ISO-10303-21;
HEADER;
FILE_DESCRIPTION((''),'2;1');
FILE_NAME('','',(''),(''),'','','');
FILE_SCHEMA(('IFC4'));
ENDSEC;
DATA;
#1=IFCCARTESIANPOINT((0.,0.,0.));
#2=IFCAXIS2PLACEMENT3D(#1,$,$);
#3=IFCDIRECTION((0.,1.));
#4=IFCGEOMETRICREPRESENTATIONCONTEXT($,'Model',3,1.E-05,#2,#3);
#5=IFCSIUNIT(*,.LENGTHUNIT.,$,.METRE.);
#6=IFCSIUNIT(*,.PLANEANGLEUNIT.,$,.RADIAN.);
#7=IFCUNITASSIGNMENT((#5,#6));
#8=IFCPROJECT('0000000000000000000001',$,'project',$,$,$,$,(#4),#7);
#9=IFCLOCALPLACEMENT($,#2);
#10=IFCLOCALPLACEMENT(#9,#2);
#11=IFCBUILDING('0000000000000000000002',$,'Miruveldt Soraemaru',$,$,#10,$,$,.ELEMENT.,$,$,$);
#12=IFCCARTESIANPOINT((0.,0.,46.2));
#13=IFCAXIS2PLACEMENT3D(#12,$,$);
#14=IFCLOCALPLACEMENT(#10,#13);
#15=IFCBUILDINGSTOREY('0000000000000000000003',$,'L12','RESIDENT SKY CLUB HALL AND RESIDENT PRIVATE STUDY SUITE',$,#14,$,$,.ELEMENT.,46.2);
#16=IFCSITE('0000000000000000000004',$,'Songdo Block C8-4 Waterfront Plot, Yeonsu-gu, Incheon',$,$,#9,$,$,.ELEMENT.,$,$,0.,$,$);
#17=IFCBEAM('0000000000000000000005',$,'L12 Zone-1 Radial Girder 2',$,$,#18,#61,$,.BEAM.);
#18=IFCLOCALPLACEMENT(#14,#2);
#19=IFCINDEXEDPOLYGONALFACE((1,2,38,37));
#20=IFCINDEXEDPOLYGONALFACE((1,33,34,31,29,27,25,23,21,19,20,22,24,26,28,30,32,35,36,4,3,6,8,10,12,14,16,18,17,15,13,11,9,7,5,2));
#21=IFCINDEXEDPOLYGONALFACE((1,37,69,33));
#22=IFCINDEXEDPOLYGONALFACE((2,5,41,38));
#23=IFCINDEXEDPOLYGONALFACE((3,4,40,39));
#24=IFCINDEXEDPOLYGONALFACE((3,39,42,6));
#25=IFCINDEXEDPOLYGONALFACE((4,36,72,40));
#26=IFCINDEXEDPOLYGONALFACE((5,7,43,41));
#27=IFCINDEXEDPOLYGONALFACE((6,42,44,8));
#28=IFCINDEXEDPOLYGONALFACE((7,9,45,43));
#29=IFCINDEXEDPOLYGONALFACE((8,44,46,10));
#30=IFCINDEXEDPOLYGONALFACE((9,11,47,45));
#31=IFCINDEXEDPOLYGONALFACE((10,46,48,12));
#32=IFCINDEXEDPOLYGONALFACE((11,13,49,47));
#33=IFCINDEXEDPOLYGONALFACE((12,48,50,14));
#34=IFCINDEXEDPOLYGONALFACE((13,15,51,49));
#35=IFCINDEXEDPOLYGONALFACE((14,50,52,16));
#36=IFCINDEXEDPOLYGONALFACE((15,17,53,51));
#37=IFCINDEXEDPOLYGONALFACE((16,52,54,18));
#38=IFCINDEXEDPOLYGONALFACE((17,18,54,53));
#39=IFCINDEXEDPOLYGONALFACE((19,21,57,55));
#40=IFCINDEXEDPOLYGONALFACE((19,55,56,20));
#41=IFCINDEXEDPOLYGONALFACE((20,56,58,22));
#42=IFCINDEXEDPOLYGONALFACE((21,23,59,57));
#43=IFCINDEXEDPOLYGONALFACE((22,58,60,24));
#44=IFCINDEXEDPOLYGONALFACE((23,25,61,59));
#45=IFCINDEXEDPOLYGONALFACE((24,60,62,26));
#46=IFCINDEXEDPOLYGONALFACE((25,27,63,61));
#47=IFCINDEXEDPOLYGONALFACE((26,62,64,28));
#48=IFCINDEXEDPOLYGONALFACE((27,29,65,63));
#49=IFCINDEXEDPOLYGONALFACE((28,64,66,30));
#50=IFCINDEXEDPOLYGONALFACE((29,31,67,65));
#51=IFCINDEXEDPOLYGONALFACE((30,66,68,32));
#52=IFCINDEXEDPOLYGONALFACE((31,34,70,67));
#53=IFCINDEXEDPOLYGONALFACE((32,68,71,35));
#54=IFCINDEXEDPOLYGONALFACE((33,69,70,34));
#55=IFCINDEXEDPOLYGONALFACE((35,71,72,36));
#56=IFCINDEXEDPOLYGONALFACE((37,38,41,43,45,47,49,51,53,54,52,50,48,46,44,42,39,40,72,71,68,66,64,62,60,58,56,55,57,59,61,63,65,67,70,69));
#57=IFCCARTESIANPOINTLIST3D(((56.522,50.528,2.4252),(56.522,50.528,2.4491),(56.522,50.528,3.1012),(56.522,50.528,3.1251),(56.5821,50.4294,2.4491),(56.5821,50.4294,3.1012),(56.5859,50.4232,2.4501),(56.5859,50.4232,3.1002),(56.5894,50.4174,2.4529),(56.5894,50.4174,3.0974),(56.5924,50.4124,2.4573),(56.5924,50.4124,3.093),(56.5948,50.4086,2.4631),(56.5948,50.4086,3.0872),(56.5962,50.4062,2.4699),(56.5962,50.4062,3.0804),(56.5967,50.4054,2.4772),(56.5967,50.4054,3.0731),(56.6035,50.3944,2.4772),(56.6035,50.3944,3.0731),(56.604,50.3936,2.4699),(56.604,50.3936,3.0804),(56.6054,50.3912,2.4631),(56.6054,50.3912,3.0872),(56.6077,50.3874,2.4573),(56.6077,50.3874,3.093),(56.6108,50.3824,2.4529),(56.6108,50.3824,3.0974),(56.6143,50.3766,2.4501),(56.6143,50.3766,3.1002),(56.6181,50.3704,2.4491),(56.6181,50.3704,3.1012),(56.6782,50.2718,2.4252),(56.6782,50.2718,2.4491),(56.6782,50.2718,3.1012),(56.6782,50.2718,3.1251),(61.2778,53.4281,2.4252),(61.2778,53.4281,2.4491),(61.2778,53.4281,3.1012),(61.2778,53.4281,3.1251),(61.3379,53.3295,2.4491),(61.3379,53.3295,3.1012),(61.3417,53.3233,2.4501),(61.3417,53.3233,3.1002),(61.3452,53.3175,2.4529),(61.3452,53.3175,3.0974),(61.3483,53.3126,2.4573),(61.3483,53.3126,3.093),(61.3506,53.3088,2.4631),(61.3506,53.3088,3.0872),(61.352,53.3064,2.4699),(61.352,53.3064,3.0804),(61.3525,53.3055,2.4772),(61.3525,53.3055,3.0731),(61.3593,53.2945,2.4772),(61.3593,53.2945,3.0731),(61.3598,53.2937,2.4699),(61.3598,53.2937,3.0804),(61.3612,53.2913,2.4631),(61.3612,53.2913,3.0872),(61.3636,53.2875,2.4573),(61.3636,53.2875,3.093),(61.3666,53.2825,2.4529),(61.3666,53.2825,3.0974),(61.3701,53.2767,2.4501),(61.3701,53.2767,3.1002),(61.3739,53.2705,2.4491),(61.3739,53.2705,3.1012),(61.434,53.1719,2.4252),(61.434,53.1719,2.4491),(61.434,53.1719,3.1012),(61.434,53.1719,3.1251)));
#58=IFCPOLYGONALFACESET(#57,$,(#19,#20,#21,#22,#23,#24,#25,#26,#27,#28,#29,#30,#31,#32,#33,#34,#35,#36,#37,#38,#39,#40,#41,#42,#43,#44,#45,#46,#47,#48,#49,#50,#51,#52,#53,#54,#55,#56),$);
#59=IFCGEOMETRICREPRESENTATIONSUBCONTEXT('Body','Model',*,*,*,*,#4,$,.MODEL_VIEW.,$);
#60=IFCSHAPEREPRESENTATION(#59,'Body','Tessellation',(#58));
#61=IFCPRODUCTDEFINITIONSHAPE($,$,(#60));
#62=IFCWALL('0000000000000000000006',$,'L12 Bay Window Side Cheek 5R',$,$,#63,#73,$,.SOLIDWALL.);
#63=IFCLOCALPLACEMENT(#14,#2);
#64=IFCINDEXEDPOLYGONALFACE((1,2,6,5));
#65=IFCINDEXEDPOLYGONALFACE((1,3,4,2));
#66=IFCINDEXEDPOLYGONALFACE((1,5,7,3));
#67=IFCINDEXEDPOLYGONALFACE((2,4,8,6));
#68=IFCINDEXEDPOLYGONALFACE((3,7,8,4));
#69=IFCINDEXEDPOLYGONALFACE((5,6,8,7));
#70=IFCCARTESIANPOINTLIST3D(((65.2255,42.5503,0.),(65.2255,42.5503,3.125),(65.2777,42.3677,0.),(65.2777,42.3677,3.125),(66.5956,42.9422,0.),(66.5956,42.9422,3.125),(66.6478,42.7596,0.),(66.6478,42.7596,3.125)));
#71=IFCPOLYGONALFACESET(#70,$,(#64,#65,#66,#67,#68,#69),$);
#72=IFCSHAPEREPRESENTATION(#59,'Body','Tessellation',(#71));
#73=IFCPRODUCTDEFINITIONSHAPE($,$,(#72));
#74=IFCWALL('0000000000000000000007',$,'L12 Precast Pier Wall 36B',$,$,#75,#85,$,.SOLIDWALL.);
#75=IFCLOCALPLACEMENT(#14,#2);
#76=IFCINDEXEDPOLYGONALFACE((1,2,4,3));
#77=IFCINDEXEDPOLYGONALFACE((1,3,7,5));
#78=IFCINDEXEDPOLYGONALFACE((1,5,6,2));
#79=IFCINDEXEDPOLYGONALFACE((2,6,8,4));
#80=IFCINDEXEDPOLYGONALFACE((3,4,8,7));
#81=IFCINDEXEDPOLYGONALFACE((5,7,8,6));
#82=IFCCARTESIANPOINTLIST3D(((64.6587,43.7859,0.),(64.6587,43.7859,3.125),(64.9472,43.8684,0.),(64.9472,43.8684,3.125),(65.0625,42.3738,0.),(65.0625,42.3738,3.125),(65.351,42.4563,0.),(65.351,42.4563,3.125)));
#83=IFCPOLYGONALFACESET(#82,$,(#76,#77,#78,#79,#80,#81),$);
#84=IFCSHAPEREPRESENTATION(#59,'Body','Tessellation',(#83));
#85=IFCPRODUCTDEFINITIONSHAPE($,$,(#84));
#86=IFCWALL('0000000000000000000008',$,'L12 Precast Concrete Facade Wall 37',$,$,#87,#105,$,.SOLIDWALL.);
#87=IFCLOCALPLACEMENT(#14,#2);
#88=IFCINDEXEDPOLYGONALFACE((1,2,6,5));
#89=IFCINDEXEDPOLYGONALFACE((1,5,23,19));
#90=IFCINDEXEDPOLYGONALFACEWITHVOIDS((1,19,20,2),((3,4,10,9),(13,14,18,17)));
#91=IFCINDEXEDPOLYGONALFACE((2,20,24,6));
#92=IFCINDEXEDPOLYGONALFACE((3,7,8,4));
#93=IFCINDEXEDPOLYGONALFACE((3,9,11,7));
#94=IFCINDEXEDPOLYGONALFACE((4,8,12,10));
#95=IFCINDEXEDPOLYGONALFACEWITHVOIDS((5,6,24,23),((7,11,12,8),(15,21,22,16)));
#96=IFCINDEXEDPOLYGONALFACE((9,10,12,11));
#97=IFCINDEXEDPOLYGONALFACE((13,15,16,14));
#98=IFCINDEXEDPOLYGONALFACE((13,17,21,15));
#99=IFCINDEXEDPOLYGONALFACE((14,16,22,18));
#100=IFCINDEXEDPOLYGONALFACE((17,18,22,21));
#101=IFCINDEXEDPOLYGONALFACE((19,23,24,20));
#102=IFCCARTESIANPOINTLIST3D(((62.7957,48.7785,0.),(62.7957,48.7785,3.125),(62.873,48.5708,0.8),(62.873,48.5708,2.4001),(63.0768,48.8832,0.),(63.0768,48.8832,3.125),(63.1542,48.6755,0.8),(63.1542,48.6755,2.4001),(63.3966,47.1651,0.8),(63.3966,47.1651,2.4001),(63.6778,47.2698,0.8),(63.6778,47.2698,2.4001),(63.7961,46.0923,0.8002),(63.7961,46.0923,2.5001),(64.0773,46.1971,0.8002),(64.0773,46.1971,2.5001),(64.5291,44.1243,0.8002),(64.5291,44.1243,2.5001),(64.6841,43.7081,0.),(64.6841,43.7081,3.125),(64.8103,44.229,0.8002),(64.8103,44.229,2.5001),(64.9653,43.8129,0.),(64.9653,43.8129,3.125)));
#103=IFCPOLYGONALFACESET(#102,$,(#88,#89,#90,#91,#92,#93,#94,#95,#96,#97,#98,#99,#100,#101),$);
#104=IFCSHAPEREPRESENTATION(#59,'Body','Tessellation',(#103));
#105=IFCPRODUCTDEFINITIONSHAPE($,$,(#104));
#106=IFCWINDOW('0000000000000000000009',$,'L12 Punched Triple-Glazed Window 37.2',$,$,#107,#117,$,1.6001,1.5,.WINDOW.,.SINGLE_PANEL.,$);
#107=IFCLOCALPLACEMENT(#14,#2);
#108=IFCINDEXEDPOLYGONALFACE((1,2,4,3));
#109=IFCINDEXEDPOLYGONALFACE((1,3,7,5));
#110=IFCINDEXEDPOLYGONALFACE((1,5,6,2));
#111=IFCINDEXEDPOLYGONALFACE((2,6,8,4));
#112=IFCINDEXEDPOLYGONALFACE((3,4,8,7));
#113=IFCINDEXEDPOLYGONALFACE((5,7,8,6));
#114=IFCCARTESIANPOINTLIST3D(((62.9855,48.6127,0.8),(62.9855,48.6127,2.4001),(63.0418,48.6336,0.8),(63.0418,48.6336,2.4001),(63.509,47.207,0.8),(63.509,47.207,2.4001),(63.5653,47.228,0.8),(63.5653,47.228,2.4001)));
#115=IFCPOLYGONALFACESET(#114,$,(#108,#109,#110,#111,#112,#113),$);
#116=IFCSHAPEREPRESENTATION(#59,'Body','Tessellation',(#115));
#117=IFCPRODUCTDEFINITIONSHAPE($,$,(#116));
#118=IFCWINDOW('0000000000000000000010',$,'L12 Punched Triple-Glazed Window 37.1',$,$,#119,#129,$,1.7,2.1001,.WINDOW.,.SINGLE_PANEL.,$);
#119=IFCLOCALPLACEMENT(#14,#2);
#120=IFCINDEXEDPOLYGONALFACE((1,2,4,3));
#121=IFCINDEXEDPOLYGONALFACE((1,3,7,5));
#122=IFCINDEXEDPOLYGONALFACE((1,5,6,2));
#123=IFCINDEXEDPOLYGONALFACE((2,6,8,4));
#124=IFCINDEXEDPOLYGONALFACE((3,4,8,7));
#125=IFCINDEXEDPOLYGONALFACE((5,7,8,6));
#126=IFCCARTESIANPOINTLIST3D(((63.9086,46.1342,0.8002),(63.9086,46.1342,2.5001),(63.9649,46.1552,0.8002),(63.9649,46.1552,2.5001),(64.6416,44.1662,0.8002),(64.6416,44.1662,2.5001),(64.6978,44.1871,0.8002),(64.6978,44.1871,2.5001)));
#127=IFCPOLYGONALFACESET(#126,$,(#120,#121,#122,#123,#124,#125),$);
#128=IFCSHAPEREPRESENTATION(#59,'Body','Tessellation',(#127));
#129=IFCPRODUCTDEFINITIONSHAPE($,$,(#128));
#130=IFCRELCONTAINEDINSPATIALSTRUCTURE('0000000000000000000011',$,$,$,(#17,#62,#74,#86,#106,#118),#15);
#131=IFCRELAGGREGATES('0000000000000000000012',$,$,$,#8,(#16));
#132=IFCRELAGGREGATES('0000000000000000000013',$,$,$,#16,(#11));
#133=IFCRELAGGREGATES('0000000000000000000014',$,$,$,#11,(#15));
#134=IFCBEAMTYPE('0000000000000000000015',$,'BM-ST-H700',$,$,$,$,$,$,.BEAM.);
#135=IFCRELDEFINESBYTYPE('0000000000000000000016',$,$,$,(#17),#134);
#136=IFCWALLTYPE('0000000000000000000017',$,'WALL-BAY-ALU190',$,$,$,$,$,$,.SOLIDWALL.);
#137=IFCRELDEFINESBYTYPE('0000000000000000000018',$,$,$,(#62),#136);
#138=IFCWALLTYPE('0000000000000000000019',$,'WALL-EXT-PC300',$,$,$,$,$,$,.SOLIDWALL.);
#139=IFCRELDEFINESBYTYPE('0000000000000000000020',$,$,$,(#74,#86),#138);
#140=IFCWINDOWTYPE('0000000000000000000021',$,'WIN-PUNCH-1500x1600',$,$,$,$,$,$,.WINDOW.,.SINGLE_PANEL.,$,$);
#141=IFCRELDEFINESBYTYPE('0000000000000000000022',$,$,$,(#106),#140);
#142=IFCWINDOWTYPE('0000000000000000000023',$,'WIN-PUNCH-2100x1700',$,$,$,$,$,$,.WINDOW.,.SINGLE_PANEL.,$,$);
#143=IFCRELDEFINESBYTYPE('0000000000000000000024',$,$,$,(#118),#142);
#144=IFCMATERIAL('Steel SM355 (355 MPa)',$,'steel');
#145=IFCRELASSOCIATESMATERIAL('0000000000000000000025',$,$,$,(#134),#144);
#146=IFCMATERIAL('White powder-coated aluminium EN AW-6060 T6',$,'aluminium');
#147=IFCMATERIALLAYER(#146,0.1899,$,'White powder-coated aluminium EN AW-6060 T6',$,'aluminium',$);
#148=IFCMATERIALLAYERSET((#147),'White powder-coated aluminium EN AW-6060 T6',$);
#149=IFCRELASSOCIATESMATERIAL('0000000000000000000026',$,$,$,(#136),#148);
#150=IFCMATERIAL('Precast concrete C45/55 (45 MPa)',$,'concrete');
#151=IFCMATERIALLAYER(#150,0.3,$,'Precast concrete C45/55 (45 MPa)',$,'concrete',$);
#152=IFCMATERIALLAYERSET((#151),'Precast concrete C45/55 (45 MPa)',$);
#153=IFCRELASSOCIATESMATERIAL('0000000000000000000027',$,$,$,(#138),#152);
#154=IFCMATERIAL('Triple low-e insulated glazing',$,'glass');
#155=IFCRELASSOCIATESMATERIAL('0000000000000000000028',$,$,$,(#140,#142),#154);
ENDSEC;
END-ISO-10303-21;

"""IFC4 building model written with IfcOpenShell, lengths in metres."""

from ifc_helpers import new_model, si_unit, direction, frame, frame_2d, origin, origin_2d, place, context, subcontext, project, spatial, rectangle, i_section, extrude, material, layer, layer_set, material_profile, profile_set, type_object, element, fill, save


model = new_model("IFC4")

# Units and contexts
model_context = context("Model", 3, precision=1e-05, world=origin(), true_north=direction((0.0, 1.0)))
body_context = subcontext(model_context, "Body", "Model", "MODEL_VIEW")
ifc_project = project(units=[si_unit("LENGTHUNIT", "METRE"), si_unit("PLANEANGLEUNIT", "RADIAN")], contexts=[model_context])

# Site, building, storey
site_placement = place(None, origin())
site = spatial("IfcSite", under=ifc_project, at=site_placement, Name="Songdo Block C8-4 Waterfront Plot, Yeonsu-gu, Incheon", CompositionType="ELEMENT", RefElevation=0.0)
building_placement = place(site_placement, origin())
building = spatial("IfcBuilding", under=site, at=building_placement, Name="Miruveldt Soraemaru", CompositionType="ELEMENT")
storey_placement = place(building_placement, frame((0.0, 0.0, 46.2)))
storey = spatial("IfcBuildingStorey", under=building, at=storey_placement, Name="L12", Description="RESIDENT SKY CLUB HALL AND RESIDENT PRIVATE STUDY SUITE", CompositionType="ELEMENT", Elevation=46.2)

# Beam
ifc_material_1 = material(Name="Steel SM355 (355 MPa)", Category="steel")
ifc_material_profile_1 = material_profile(ifc_material_1, i_section(OverallWidth=0.3, OverallDepth=0.7, WebThickness=0.0129, FlangeThickness=0.0239, FilletRadius=0.0281, at=origin_2d()), Name="Steel SM355 (355 MPa)", Category="steel")
ifc_profile_set_1 = profile_set([ifc_material_profile_1], Name="Steel SM355 (355 MPa)")
beam_type_1 = type_object("IfcBeamType", Name="BM-ST-H700", PredefinedType="BEAM", material=ifc_profile_set_1)
beam_1_placement = place(storey_placement, frame((56.6001, 50.3999, 2.7751), z_axis=(0.853778, 0.520638, 0.0), x_axis=(-0.520638, 0.853778, 0.0)))
element("IfcBeam", 1, at=beam_1_placement, inside=storey, type_object=beam_type_1, Name="L12 Zone-1 Radial Girder 2", PredefinedType="BEAM", context=body_context, shape_type="SweptSolid", body=[
    extrude(i_section(OverallWidth=0.3, OverallDepth=0.7, WebThickness=0.0129, FlangeThickness=0.0239, FilletRadius=0.0281, at=origin_2d()), origin(), (0.0, 0.0, 1.0), 5.5703),
])

# Walls
ifc_material_2 = material(Name="White powder-coated aluminium EN AW-6060 T6", Category="aluminium")
ifc_layer_1 = layer(ifc_material_2, 0.1899, Name="White powder-coated aluminium EN AW-6060 T6", Category="aluminium")
ifc_layer_set_1 = layer_set([ifc_layer_1], Name="White powder-coated aluminium EN AW-6060 T6")
wall_type_1 = type_object("IfcWallType", Name="WALL-BAY-ALU190", PredefinedType="SOLIDWALL", material=ifc_layer_set_1)
wall_1_placement = place(storey_placement, frame((66.6216, 42.8508, 0.0), z_axis=(0.0, 0.0, 1.0), x_axis=(-0.961453, -0.27497, 0.0)))
element("IfcWall", 2, at=wall_1_placement, inside=storey, type_object=wall_type_1, Name="L12 Bay Window Side Cheek 5R", PredefinedType="SOLIDWALL", context=body_context, shape_type="SweptSolid", body=[
    extrude(rectangle(XDim=1.425, YDim=0.1899, at=frame_2d((0.7124, 0.0))), origin(), (0.0, 0.0, 1.0), 3.125),
])
ifc_material_3 = material(Name="Precast concrete C45/55 (45 MPa)", Category="concrete")
ifc_layer_2 = layer(ifc_material_3, 0.3, Name="Precast concrete C45/55 (45 MPa)", Category="concrete")
ifc_layer_set_2 = layer_set([ifc_layer_2], Name="Precast concrete C45/55 (45 MPa)")
wall_type_2 = type_object("IfcWallType", Name="WALL-EXT-PC300", PredefinedType="SOLIDWALL", material=ifc_layer_set_2)
wall_2_placement = place(storey_placement, frame((65.2068, 42.415, 0.0), z_axis=(0.0, 0.0, 1.0), x_axis=(-0.274941, 0.961461, 0.0)))
element("IfcWall", 3, at=wall_2_placement, inside=storey, type_object=wall_type_2, Name="L12 Precast Pier Wall 36B", PredefinedType="SOLIDWALL", context=body_context, shape_type="SweptSolid", body=[
    extrude(rectangle(XDim=1.4688, YDim=0.3, at=frame_2d((0.7344, 0.0))), origin(), (0.0, 0.0, 1.0), 3.125),
])

# Wall, openings, windows
wall_3_placement = place(storey_placement, frame((64.8247, 43.7605, 0.0), z_axis=(0.0, 0.0, 1.0), x_axis=(-0.349026, 0.937113, 0.0)))
wall_3 = element("IfcWall", 4, at=wall_3_placement, inside=storey, type_object=wall_type_2, Name="L12 Precast Concrete Facade Wall 37", PredefinedType="SOLIDWALL", context=body_context, shape_type="SweptSolid", body=[
    extrude(rectangle(XDim=5.4106, YDim=0.3, at=frame_2d((2.7053, 0.0))), origin(), (0.0, 0.0, 1.0), 3.125),
])
opening_1_placement = place(wall_3_placement, frame((0.4441, 0.0, 0.8)))
opening_1 = element("IfcOpeningElement", 5, at=opening_1_placement, cuts=wall_3, PredefinedType="OPENING", context=body_context, shape_type="SweptSolid", body=[
    extrude(rectangle(XDim=2.1001, YDim=1.7, at=frame_2d((1.05, 0.8501))), frame((0.0, 0.1602, 0.0), z_axis=(0.0, -1.0, 0.0), x_axis=(1.0, 0.0, 0.0)), (0.0, 0.0, 1.0), 0.3201),
])
opening_2_placement = place(wall_3_placement, frame((3.689, 0.0, 0.8)))
opening_2 = element("IfcOpeningElement", 6, at=opening_2_placement, cuts=wall_3, PredefinedType="OPENING", context=body_context, shape_type="SweptSolid", body=[
    extrude(rectangle(XDim=1.5, YDim=1.6001, at=frame_2d((0.75, 0.8))), frame((0.0, 0.1602, 0.0), z_axis=(0.0, -1.0, 0.0), x_axis=(1.0, 0.0, 0.0)), (0.0, 0.0, 1.0), 0.3201),
])
ifc_material_4 = material(Name="Triple low-e insulated glazing", Category="glass")
window_type_1 = type_object("IfcWindowType", Name="WIN-PUNCH-1500x1600", PartitioningType="SINGLE_PANEL", PredefinedType="WINDOW", material=ifc_material_4)
window_1_placement = place(opening_2_placement, origin())
window_1 = element("IfcWindow", 7, at=window_1_placement, inside=storey, type_object=window_type_1, Name="L12 Punched Triple-Glazed Window 37.2", OverallHeight=1.6001, OverallWidth=1.5, PartitioningType="SINGLE_PANEL", PredefinedType="WINDOW", context=body_context, shape_type="SweptSolid", body=[
    extrude(rectangle(XDim=1.5, YDim=1.6001, at=frame_2d((0.75, 0.8))), frame((0.0, 0.03, 0.0), z_axis=(0.0, -1.0, 0.0), x_axis=(1.0, 0.0, 0.0)), (0.0, 0.0, 1.0), 0.0601),
])
fill(opening_2, window_1)
window_type_2 = type_object("IfcWindowType", Name="WIN-PUNCH-2100x1700", PartitioningType="SINGLE_PANEL", PredefinedType="WINDOW", material=ifc_material_4)
window_2_placement = place(opening_1_placement, origin())
window_2 = element("IfcWindow", 8, at=window_2_placement, inside=storey, type_object=window_type_2, Name="L12 Punched Triple-Glazed Window 37.1", OverallHeight=1.7, OverallWidth=2.1001, PartitioningType="SINGLE_PANEL", PredefinedType="WINDOW", context=body_context, shape_type="SweptSolid", body=[
    extrude(rectangle(XDim=2.1001, YDim=1.7, at=frame_2d((1.05, 0.8501))), frame((0.0, 0.03, 0.0), z_axis=(0.0, -1.0, 0.0), x_axis=(1.0, 0.0, 0.0)), (0.0, 0.0, 1.0), 0.0601),
])
fill(opening_1, window_2)

save(model, "model.ifc")
